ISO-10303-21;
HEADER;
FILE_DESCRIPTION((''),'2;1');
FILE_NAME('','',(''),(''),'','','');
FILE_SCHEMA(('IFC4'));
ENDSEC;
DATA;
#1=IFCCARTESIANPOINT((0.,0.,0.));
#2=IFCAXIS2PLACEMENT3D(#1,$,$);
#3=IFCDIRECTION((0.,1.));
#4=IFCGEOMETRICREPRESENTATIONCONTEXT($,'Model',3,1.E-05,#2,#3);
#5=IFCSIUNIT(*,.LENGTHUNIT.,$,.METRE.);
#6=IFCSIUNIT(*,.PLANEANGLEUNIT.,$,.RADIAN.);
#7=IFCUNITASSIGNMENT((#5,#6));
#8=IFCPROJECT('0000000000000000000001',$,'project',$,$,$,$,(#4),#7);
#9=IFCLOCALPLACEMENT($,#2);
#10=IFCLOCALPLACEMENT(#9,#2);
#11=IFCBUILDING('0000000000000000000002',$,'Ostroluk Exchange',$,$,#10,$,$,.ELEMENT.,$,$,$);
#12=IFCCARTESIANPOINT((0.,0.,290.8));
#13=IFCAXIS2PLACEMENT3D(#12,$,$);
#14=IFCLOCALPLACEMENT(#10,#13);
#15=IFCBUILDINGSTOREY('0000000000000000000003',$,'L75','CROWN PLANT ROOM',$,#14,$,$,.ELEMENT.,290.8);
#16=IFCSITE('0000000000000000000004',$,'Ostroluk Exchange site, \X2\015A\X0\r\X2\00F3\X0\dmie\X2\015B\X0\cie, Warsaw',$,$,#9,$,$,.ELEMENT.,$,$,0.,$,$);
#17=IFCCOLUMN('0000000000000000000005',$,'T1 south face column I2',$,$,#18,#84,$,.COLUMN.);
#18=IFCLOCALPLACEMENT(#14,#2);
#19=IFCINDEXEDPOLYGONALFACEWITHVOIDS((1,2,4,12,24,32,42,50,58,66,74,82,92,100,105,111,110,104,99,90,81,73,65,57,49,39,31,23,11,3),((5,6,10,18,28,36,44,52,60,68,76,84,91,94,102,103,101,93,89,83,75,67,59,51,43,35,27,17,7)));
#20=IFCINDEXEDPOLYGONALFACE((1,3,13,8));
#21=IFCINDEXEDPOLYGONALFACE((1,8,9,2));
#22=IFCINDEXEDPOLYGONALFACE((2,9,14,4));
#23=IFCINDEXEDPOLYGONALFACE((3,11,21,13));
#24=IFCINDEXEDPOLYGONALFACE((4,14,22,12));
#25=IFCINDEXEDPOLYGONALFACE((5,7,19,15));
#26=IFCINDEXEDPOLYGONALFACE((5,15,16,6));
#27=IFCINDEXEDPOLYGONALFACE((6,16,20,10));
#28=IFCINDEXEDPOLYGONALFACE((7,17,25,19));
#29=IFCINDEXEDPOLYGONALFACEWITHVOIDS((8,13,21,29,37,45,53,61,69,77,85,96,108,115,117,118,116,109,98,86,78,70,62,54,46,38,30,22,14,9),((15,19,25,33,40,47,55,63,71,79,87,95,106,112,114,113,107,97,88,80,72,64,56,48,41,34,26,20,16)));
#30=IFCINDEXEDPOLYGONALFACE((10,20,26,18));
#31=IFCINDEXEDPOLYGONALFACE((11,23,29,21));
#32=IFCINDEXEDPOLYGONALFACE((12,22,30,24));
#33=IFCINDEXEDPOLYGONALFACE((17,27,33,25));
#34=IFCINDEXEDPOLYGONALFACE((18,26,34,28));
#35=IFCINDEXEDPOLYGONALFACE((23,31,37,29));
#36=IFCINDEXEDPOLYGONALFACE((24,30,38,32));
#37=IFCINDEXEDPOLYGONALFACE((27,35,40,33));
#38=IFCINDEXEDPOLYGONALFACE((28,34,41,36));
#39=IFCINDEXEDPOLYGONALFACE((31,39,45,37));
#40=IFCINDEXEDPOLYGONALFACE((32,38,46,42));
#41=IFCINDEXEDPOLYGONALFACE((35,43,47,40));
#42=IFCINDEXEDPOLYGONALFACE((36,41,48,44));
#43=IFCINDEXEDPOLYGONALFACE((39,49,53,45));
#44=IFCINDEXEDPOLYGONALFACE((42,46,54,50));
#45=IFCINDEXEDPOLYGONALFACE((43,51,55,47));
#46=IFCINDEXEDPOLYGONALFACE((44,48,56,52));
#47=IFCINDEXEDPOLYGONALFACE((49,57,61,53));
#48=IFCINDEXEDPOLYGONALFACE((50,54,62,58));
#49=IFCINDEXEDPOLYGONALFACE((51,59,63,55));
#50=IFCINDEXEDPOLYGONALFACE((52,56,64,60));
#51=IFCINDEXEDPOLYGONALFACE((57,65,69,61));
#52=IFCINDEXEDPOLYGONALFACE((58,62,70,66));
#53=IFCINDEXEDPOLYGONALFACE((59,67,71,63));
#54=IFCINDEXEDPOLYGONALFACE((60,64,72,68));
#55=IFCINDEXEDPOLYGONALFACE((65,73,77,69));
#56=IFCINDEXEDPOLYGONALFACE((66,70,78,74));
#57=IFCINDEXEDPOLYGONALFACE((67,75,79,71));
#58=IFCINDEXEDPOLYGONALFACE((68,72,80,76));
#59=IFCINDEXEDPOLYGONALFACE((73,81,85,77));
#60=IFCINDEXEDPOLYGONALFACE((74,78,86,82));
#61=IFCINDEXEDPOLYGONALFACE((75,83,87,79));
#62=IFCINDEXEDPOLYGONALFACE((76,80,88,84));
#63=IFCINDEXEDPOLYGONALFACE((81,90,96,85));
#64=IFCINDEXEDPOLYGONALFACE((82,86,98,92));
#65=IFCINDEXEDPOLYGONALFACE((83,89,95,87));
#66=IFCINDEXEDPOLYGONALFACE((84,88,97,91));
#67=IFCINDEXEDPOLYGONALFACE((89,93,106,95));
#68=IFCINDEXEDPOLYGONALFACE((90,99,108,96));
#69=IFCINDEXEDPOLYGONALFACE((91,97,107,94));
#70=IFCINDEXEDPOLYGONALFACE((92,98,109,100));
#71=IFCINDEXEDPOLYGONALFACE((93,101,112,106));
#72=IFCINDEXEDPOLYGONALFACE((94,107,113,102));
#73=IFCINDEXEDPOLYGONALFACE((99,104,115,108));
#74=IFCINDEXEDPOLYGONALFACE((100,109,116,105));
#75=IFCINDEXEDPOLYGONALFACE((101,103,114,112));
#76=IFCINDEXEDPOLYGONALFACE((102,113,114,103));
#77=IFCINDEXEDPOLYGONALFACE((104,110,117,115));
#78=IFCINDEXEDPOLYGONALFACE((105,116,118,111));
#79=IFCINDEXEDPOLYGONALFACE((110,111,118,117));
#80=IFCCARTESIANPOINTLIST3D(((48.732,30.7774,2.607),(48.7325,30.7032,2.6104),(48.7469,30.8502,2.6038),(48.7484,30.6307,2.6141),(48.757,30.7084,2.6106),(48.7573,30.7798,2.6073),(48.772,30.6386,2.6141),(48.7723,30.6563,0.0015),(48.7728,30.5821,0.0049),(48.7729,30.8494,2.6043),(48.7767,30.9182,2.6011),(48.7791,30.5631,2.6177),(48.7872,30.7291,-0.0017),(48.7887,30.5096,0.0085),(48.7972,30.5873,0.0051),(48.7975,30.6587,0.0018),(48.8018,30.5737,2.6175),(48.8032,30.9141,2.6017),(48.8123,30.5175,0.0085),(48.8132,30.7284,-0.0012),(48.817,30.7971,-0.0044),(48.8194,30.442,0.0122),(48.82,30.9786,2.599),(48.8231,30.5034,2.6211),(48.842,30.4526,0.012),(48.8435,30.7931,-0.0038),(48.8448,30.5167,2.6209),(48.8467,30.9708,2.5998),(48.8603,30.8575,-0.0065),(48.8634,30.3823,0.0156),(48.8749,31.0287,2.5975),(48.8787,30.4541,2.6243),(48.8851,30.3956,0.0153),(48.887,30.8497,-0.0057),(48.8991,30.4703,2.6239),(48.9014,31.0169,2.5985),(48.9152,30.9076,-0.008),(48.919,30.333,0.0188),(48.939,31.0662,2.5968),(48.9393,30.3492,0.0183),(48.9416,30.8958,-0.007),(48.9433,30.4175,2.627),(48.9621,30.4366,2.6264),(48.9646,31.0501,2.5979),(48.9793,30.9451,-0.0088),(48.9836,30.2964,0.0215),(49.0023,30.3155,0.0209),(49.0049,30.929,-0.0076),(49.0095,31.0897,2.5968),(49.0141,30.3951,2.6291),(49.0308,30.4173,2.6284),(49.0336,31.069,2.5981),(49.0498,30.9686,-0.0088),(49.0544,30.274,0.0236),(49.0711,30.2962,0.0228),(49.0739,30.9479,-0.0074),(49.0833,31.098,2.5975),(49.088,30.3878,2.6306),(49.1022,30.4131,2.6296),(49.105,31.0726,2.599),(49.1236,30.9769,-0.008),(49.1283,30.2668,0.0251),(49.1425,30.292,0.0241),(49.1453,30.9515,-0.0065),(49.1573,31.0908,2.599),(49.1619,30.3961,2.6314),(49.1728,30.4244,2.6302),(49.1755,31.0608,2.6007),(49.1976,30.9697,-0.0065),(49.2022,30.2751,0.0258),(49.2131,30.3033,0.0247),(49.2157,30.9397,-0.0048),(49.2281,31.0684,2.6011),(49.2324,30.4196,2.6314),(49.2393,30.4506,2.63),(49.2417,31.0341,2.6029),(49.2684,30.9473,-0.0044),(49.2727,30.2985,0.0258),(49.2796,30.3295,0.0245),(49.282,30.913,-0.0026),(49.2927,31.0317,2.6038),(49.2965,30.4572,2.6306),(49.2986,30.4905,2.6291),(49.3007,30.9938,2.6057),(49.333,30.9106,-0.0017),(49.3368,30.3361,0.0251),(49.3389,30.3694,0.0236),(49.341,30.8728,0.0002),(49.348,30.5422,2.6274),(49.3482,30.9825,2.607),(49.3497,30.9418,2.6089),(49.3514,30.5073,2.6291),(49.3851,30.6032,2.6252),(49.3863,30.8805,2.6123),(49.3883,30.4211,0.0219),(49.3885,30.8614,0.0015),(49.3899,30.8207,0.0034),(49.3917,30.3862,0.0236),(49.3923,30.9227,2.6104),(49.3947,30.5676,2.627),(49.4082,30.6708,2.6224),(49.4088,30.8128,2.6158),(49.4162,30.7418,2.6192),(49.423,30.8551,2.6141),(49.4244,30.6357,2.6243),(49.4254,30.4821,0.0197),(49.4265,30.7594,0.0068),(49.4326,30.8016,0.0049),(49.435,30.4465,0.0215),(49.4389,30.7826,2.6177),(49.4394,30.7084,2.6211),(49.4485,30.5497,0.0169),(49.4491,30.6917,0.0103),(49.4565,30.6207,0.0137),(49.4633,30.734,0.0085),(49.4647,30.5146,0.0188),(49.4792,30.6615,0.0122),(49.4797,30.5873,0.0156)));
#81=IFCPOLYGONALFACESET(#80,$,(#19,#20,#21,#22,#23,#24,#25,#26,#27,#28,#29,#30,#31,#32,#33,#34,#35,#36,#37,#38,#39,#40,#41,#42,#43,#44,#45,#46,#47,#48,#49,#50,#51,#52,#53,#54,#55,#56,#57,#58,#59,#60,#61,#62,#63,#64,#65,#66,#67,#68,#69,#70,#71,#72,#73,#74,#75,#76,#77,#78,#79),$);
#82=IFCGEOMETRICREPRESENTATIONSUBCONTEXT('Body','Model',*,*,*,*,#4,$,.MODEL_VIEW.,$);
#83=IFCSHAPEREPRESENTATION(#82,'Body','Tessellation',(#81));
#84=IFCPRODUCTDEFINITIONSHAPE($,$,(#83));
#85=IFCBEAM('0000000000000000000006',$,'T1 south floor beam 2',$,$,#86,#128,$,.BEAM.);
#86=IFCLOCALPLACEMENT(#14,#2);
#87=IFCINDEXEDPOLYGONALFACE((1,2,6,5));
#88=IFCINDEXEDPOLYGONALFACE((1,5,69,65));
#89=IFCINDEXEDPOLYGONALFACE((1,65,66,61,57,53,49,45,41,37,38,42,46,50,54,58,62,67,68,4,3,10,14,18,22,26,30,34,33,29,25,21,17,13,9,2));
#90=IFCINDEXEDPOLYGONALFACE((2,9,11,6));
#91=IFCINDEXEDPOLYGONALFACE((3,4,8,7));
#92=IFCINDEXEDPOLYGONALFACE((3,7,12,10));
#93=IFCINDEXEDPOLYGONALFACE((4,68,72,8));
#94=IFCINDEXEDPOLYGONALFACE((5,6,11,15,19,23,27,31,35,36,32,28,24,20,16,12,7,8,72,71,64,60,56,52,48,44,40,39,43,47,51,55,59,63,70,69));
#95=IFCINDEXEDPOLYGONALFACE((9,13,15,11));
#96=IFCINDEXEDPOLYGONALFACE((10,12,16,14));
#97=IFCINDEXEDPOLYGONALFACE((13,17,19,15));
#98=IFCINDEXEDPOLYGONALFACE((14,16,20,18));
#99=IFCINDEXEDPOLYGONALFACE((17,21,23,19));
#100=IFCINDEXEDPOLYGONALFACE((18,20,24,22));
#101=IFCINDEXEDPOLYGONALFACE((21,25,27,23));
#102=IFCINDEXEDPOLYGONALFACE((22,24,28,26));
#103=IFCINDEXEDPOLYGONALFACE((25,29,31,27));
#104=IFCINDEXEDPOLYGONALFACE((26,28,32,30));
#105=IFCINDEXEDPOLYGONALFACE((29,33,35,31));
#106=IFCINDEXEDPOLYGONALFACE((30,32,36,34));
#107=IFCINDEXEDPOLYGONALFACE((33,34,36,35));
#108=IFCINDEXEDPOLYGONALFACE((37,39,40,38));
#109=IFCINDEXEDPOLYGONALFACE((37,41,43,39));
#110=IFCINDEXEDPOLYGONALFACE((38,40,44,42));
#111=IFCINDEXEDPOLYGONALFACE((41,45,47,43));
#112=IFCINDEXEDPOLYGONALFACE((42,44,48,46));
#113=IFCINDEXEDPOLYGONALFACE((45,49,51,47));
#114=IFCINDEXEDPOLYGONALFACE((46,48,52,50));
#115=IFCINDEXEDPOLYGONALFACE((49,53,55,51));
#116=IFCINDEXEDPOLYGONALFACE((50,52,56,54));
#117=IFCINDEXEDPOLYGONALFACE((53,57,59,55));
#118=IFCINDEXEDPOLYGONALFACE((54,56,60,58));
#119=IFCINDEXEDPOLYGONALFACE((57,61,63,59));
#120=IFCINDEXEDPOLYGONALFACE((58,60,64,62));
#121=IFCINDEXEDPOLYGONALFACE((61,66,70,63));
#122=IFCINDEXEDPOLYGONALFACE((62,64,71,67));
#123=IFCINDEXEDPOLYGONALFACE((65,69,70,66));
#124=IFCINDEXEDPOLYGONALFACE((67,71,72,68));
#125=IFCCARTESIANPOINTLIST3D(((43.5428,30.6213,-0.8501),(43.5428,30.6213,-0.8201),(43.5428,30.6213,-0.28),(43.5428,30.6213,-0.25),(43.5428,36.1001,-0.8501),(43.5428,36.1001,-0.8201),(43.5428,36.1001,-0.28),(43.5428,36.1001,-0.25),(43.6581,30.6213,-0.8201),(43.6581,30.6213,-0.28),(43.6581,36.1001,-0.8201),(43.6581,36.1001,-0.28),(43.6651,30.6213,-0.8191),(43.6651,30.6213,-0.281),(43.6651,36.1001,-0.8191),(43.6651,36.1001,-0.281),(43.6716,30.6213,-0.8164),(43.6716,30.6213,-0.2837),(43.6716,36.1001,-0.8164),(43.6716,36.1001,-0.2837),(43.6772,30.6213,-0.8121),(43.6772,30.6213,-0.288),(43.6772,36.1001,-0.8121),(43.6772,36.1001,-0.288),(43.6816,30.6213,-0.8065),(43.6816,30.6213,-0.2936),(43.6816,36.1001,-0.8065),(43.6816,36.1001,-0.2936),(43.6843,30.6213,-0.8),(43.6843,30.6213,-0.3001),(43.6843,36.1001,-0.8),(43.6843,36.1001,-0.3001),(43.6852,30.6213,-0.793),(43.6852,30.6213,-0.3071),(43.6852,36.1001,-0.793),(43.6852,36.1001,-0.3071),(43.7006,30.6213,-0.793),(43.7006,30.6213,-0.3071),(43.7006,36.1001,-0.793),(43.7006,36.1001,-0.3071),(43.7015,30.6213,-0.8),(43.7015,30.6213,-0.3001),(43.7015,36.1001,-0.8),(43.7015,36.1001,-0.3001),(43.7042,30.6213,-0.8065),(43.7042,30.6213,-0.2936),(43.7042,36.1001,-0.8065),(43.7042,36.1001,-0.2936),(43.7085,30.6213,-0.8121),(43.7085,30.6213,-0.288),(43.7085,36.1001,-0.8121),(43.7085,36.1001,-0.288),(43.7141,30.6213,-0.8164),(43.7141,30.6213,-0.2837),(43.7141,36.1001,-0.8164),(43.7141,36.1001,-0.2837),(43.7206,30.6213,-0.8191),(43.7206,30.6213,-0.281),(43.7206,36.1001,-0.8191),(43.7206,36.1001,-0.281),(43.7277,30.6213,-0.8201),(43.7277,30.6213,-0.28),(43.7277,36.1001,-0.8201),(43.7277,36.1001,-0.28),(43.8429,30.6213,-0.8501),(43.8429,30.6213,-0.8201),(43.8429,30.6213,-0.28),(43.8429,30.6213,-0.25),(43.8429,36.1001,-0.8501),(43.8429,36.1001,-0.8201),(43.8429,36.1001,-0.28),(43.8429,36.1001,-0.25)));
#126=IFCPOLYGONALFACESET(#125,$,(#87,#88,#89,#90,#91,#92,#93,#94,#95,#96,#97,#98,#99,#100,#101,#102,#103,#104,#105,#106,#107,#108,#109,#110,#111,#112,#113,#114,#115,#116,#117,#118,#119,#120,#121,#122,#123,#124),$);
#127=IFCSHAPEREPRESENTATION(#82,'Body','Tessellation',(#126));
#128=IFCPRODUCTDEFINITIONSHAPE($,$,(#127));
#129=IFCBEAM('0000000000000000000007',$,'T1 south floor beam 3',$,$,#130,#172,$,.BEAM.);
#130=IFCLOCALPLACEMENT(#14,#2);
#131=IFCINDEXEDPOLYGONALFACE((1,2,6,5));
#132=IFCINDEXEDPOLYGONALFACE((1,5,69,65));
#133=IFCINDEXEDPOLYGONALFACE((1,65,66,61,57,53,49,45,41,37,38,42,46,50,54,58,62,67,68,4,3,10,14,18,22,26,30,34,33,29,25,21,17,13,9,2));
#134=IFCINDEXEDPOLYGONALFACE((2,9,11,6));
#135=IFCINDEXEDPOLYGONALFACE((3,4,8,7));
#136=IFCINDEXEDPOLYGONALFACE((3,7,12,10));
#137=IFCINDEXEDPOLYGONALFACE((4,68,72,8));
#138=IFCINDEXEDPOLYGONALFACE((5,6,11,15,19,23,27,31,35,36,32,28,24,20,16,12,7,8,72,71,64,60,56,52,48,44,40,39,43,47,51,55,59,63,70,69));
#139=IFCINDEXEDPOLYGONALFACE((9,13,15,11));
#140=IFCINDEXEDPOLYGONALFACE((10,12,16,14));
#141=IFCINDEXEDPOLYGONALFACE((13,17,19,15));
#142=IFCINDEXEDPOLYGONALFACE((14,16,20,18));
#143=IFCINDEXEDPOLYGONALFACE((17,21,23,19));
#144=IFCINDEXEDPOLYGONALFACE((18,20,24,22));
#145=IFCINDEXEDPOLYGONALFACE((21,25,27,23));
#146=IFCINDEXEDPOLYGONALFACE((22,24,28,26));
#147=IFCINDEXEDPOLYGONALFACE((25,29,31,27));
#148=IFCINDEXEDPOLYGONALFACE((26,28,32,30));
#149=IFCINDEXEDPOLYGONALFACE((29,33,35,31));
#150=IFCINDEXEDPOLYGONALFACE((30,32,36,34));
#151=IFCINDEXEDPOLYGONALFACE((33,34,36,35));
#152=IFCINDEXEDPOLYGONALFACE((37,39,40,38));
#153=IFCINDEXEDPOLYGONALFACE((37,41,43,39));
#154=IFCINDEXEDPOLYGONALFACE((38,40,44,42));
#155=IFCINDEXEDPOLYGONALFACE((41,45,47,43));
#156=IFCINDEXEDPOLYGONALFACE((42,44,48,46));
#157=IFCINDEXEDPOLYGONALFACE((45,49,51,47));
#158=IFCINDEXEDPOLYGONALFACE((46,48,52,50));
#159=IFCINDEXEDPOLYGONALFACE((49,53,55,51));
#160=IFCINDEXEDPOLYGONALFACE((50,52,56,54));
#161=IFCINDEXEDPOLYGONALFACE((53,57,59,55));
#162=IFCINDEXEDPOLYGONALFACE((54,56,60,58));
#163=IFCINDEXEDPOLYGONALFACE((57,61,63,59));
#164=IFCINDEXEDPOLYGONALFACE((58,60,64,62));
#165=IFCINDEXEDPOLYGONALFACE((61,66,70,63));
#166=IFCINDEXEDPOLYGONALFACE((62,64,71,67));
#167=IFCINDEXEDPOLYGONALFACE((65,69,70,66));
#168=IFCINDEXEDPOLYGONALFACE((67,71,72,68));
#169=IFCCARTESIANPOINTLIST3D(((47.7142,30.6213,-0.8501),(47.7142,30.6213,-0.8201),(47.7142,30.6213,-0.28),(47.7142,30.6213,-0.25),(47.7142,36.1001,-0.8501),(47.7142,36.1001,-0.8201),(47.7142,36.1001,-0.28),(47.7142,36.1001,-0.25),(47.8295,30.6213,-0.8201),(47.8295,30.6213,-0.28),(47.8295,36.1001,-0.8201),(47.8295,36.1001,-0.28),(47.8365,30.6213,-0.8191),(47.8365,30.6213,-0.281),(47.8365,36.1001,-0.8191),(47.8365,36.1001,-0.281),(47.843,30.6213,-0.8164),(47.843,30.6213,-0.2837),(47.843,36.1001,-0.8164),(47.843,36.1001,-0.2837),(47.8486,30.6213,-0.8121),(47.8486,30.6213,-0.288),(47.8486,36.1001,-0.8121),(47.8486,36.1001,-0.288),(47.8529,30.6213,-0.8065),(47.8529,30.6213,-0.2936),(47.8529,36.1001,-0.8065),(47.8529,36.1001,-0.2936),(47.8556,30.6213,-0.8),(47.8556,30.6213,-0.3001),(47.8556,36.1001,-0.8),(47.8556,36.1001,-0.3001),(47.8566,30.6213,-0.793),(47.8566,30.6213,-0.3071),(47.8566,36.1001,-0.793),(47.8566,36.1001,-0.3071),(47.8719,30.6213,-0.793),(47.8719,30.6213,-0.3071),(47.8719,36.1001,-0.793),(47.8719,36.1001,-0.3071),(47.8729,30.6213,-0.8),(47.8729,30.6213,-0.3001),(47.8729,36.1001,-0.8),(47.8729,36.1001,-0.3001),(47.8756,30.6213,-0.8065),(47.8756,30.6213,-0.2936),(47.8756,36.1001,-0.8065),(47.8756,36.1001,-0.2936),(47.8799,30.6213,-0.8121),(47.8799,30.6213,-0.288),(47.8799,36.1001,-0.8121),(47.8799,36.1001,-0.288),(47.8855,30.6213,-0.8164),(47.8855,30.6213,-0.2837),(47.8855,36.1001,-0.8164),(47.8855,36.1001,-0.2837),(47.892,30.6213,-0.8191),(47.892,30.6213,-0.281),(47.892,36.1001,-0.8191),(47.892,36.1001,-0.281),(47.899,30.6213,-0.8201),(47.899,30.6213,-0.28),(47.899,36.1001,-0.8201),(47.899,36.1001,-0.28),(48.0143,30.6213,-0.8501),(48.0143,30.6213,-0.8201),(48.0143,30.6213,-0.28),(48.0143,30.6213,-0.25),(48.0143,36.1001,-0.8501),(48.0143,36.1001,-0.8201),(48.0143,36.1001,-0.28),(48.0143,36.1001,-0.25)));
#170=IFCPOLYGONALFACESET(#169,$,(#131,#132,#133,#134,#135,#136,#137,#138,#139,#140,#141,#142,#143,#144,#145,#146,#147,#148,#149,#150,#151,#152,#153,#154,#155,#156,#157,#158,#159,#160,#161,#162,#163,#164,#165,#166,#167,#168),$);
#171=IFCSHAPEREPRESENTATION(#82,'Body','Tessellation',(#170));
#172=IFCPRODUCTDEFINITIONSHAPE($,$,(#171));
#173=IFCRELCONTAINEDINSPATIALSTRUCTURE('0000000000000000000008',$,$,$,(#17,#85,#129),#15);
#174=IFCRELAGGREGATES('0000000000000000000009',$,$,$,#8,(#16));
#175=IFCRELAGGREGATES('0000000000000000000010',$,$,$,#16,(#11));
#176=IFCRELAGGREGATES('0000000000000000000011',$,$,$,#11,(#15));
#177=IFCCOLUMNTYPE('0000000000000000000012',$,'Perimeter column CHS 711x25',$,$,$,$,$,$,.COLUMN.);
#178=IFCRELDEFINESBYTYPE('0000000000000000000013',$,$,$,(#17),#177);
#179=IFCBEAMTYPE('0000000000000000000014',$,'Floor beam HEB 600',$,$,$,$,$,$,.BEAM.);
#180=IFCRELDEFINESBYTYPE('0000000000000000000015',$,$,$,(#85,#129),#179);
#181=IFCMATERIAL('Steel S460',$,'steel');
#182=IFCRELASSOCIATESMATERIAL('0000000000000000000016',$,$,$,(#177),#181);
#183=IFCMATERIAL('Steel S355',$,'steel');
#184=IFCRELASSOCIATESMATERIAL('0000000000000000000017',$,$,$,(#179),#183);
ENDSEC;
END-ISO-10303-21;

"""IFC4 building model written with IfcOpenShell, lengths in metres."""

from ifc_helpers import new_model, si_unit, direction, frame, origin, origin_2d, place, context, subcontext, project, spatial, hollow_circle, i_section, extrude, material, material_profile, profile_set, type_object, element, save


model = new_model("IFC4")

# Units and contexts
model_context = context("Model", 3, precision=1e-05, world=origin(), true_north=direction((0.0, 1.0)))
body_context = subcontext(model_context, "Body", "Model", "MODEL_VIEW")
ifc_project = project(units=[si_unit("LENGTHUNIT", "METRE"), si_unit("PLANEANGLEUNIT", "RADIAN")], contexts=[model_context])

# Site, building, storey
site_placement = place(None, origin())
site = spatial("IfcSite", under=ifc_project, at=site_placement, Name="Ostroluk Exchange site, Śródmieście, Warsaw", CompositionType="ELEMENT", RefElevation=0.0)
building_placement = place(site_placement, origin())
building = spatial("IfcBuilding", under=site, at=building_placement, Name="Ostroluk Exchange", CompositionType="ELEMENT")
storey_placement = place(building_placement, frame((0.0, 0.0, 290.8)))
storey = spatial("IfcBuildingStorey", under=building, at=storey_placement, Name="L75", Description="CROWN PLANT ROOM", CompositionType="ELEMENT", Elevation=290.8)

# Column
ifc_material_1 = material(Name="Steel S460", Category="steel")
ifc_material_profile_1 = material_profile(ifc_material_1, hollow_circle(Radius=0.3555, WallThickness=0.0249, at=origin_2d()), Name="CHS 711x25")
ifc_profile_set_1 = profile_set([ifc_material_profile_1], Name="Steel S460")
column_type = type_object("IfcColumnType", Name="Perimeter column CHS 711x25", PredefinedType="COLUMN", material=ifc_profile_set_1)
column_placement = place(storey_placement, frame((49.126, 30.6218, 0.0085), z_axis=(-0.015443, 0.046421, 0.998803), x_axis=(-0.948874, -0.315654, 0.0)))
element("IfcColumn", 1, at=column_placement, inside=storey, type_object=column_type, Name="T1 south face column I2", PredefinedType="COLUMN", context=body_context, shape_type="SweptSolid", body=[
    extrude(hollow_circle(Radius=0.3555, WallThickness=0.0249, at=origin_2d()), origin(), (0.0, 0.0, 1.0), 2.6086),
])

# Beams
ifc_material_2 = material(Name="Steel S355", Category="steel")
ifc_material_profile_2 = material_profile(ifc_material_2, i_section(OverallWidth=0.3, OverallDepth=0.6001, WebThickness=0.0154, FlangeThickness=0.03, FilletRadius=0.0271, at=origin_2d()), Name="HEB 600")
ifc_profile_set_2 = profile_set([ifc_material_profile_2], Name="Steel S355")
beam_type_1 = type_object("IfcBeamType", Name="Floor beam HEB 600", PredefinedType="BEAM", material=ifc_profile_set_2)
for number, where, z_axis, x_axis, name in (
    (2, (43.6929, 36.1001, -0.55), (0.0, -1.0, 0.0), (1.0, 0.0, 0.0), "T1 south floor beam 2"),
    (3, (47.8643, 36.1001, -0.55), (0.0, -1.0, 0.0), (1.0, 0.0, 0.0), "T1 south floor beam 3"),
):
    element("IfcBeam", number, at=place(storey_placement, frame(where, z_axis=z_axis, x_axis=x_axis)), inside=storey, type_object=beam_type_1, Name=name, PredefinedType="BEAM", context=body_context, shape_type="SweptSolid", body=[
        extrude(i_section(OverallWidth=0.3, OverallDepth=0.6001, WebThickness=0.0154, FlangeThickness=0.03, FilletRadius=0.0271, at=origin_2d()), origin(), (0.0, 0.0, 1.0), 5.4788),
    ])

save(model, "model.ifc")
